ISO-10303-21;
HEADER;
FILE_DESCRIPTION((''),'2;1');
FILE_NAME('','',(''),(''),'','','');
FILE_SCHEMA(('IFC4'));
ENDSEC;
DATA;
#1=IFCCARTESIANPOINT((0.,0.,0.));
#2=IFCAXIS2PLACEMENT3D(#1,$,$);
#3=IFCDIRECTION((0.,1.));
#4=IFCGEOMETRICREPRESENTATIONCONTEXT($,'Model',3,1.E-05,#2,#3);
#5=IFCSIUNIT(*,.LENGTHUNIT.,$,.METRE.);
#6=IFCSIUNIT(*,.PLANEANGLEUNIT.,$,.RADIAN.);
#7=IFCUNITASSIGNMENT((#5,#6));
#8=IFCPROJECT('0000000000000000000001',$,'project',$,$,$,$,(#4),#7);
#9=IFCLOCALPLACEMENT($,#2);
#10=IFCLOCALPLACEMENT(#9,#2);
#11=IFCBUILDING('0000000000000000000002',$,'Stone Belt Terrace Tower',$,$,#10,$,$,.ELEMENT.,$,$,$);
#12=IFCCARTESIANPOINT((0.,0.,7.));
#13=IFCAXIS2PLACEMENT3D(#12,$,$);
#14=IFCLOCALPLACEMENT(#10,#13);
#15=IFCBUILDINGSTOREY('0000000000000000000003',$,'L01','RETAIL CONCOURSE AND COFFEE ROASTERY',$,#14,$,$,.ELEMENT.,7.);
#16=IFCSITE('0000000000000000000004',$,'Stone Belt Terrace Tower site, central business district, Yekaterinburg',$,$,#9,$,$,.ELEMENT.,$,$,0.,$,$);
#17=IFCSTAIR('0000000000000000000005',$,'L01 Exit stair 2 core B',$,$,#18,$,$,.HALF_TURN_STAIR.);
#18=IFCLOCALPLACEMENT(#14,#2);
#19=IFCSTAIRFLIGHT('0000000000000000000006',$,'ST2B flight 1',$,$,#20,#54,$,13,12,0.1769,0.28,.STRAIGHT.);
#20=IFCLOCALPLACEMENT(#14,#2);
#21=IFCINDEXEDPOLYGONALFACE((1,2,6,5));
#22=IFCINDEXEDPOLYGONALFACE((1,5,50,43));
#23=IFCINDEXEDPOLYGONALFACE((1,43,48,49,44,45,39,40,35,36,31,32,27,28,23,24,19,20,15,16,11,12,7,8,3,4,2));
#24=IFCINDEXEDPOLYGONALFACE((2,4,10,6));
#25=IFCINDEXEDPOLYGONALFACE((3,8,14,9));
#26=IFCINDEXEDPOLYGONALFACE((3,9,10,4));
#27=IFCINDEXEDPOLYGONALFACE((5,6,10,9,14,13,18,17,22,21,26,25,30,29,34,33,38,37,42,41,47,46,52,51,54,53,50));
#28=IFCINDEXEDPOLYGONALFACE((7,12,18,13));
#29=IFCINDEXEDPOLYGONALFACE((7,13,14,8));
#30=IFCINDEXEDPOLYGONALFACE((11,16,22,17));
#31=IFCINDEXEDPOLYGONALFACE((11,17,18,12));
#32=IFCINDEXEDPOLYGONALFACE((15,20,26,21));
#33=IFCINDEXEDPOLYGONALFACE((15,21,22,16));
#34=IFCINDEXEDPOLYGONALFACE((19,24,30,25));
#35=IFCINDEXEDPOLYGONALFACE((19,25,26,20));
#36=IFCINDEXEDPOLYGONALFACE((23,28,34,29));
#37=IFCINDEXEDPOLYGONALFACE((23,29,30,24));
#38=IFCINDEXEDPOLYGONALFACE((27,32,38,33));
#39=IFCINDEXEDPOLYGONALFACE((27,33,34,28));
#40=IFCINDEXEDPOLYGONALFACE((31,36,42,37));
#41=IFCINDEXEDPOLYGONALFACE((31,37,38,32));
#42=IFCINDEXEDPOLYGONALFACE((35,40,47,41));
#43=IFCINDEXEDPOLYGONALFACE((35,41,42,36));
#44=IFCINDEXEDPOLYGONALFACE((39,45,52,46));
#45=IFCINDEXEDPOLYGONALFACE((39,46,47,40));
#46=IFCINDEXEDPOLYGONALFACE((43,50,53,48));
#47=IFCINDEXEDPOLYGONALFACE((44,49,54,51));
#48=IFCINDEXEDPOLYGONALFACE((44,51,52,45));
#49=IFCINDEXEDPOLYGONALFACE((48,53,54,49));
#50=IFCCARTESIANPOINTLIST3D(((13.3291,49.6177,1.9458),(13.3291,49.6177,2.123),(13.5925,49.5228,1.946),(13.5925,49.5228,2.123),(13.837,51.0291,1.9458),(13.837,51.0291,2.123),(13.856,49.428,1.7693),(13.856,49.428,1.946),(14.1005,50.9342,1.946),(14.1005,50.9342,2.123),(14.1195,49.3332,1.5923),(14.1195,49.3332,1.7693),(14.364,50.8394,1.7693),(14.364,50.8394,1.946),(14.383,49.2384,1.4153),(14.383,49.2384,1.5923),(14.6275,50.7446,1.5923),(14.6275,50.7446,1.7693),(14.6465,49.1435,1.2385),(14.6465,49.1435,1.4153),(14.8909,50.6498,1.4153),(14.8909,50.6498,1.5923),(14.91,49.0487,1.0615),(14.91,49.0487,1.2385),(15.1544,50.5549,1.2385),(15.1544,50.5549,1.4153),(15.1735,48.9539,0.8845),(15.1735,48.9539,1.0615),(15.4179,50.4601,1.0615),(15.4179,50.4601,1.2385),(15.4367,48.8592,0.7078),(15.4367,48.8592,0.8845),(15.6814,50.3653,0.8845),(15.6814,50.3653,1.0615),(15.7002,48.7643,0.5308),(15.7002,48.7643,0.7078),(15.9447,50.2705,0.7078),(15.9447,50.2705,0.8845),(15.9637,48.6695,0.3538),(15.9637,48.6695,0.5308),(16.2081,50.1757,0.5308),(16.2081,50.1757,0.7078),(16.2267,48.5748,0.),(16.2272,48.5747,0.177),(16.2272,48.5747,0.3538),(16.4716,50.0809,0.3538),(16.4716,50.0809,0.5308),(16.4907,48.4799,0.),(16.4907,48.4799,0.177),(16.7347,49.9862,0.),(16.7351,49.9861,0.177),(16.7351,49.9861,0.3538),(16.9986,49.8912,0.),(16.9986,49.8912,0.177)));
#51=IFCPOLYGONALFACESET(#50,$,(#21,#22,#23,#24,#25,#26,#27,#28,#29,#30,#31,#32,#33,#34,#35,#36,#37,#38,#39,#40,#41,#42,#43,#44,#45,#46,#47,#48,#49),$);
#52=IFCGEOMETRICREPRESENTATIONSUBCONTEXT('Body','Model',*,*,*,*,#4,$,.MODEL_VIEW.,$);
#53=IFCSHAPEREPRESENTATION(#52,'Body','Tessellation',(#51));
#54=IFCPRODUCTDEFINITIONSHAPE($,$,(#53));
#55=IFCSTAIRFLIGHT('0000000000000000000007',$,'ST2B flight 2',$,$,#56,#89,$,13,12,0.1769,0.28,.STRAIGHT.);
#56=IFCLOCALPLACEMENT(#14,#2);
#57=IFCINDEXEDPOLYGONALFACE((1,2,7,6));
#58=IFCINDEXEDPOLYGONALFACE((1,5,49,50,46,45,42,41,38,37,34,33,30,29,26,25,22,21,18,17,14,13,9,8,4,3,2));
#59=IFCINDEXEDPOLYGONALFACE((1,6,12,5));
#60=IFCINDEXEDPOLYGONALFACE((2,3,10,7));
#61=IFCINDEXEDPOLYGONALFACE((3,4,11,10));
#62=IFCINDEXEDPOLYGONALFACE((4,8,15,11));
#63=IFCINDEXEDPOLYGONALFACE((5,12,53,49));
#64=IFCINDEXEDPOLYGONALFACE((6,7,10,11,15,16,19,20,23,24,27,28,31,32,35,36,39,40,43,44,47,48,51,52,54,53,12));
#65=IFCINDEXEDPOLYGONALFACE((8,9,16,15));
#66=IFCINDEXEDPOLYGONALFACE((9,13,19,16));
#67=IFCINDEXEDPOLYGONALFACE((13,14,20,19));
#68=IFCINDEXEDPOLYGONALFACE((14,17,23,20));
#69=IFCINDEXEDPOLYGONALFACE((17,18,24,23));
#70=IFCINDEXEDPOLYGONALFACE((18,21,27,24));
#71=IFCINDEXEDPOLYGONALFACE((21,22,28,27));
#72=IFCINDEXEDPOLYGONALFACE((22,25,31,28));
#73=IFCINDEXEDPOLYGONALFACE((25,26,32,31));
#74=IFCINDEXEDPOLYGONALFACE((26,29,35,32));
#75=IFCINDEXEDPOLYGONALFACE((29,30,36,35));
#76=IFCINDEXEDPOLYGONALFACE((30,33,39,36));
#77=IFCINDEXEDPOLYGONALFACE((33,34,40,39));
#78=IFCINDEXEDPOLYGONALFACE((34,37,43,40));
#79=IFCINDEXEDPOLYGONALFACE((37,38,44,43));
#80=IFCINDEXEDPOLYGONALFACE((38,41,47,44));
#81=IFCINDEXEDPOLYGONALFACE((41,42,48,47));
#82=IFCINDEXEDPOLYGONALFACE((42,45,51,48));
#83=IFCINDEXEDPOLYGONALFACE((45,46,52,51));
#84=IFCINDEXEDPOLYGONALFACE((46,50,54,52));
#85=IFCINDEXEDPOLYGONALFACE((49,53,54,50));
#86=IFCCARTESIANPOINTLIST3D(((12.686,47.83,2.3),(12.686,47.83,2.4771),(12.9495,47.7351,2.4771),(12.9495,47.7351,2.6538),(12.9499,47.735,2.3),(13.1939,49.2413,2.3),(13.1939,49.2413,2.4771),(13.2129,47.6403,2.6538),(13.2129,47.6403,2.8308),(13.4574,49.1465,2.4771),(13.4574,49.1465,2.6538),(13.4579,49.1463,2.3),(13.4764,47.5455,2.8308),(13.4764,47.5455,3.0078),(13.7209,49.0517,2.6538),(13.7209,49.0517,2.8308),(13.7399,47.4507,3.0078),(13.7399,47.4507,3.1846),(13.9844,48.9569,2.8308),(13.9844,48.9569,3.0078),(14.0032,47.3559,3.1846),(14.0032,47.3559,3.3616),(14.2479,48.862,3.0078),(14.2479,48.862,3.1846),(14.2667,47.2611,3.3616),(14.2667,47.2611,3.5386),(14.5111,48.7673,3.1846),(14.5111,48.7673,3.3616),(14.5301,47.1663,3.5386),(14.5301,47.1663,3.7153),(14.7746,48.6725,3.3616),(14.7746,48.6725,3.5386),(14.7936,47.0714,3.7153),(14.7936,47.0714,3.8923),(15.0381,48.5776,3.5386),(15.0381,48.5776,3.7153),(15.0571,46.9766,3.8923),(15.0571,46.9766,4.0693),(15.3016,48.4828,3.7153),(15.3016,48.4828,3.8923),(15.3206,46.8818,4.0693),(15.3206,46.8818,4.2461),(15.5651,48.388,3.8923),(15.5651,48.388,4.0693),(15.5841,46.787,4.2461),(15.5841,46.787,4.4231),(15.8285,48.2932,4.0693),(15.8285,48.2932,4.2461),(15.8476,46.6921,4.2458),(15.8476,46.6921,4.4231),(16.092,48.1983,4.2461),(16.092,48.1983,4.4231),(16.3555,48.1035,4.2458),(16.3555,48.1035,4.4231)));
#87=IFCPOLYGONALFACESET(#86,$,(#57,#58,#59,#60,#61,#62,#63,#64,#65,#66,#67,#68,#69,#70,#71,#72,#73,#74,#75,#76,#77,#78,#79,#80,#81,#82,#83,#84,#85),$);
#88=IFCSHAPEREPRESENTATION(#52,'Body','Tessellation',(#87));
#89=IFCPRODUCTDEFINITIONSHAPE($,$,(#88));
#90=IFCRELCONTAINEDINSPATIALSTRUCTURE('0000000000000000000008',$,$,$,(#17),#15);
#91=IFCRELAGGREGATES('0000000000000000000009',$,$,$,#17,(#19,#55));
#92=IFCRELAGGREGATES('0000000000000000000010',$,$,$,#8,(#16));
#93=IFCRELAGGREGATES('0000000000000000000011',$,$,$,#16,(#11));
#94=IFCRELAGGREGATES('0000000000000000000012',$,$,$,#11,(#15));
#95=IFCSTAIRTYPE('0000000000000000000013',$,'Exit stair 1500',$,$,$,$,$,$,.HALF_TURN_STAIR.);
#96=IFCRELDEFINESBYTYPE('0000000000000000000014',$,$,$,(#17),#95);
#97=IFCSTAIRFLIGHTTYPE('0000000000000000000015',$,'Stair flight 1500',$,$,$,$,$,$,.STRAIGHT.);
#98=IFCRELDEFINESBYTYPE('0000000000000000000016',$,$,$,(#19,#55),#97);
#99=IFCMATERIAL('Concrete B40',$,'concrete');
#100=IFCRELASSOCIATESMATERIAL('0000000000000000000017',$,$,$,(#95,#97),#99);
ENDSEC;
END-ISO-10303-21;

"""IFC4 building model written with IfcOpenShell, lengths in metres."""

from ifc_helpers import new_model, si_unit, direction, frame, origin, place, context, subcontext, project, spatial, polyline, outline, extrude, material, type_object, element, aggregate, save


model = new_model("IFC4")

# Units and contexts
model_context = context("Model", 3, precision=1e-05, world=origin(), true_north=direction((0.0, 1.0)))
body_context = subcontext(model_context, "Body", "Model", "MODEL_VIEW")
ifc_project = project(units=[si_unit("LENGTHUNIT", "METRE"), si_unit("PLANEANGLEUNIT", "RADIAN")], contexts=[model_context])

# Site, building, storey
site_placement = place(None, origin())
site = spatial("IfcSite", under=ifc_project, at=site_placement, Name="Stone Belt Terrace Tower site, central business district, Yekaterinburg", CompositionType="ELEMENT", RefElevation=0.0)
building_placement = place(site_placement, origin())
building = spatial("IfcBuilding", under=site, at=building_placement, Name="Stone Belt Terrace Tower", CompositionType="ELEMENT")
storey_placement = place(building_placement, frame((0.0, 0.0, 7.0)))
storey = spatial("IfcBuildingStorey", under=building, at=storey_placement, Name="L01", Description="RETAIL CONCOURSE AND COFFEE ROASTERY", CompositionType="ELEMENT", Elevation=7.0)

# Stair, stair flights
ifc_material_1 = material(Name="Concrete B40", Category="concrete")
stair_type_1 = type_object("IfcStairType", Name="Exit stair 1500", PredefinedType="HALF_TURN_STAIR", material=ifc_material_1)
stair_1_placement = place(storey_placement, origin())
stair_1 = element("IfcStair", 1, at=stair_1_placement, inside=storey, type_object=stair_type_1, Name="L01 Exit stair 2 core B", PredefinedType="HALF_TURN_STAIR")
stair_flight_type_1 = type_object("IfcStairFlightType", Name="Stair flight 1500", PredefinedType="STRAIGHT", material=ifc_material_1)
stair_flight_1_placement = place(storey_placement, frame((16.7446, 49.1855, 0.0), z_axis=(0.0, 0.0, 1.0), x_axis=(-0.940922, 0.338624, 0.0)))
stair_flight_1 = element("IfcStairFlight", 2, at=stair_flight_1_placement, type_object=stair_flight_type_1, Name="ST2B flight 1", NumberOfRisers=13, NumberOfTreads=12, PredefinedType="STRAIGHT", RiserHeight=0.1769, TreadLength=0.28, context=body_context, shape_type="SweptSolid", body=[
    extrude(outline(polyline([(0.0, 0.0), (0.0, 0.177), (0.28, 0.177), (0.28, 0.3538), (0.5601, 0.3538), (0.5601, 0.5308), (0.8401, 0.5308), (0.8401, 0.7078), (1.1201, 0.7078), (1.1201, 0.8845), (1.3999, 0.8845), (1.3999, 1.0615), (1.6799, 1.0615), (1.6799, 1.2385), (1.96, 1.2385), (1.96, 1.4153), (2.24, 1.4153), (2.24, 1.5923), (2.52, 1.5923), (2.52, 1.7693), (2.8, 1.7693), (2.8, 1.946), (3.0801, 1.946), (3.0801, 2.123), (3.3601, 2.123), (3.3601, 2.3), (3.3601, 1.9458), (0.2805, 0.0), (0.0, 0.0)])), frame((0.0, 0.75, 0.0), z_axis=(0.0, -1.0, 0.0), x_axis=(1.0, 0.0, 0.0)), (0.0, 0.0, 1.0), 1.5),
])
stair_flight_2_placement = place(storey_placement, frame((12.9399, 48.5356, 2.3), z_axis=(0.0, 0.0, 1.0), x_axis=(0.940922, -0.338624, 0.0)))
stair_flight_2 = element("IfcStairFlight", 3, at=stair_flight_2_placement, type_object=stair_flight_type_1, Name="ST2B flight 2", NumberOfRisers=13, NumberOfTreads=12, PredefinedType="STRAIGHT", RiserHeight=0.1769, TreadLength=0.28, context=body_context, shape_type="SweptSolid", body=[
    extrude(outline(polyline([(0.0, 0.0), (0.0, 0.177), (0.28, 0.177), (0.28, 0.3538), (0.5601, 0.3538), (0.5601, 0.5308), (0.8401, 0.5308), (0.8401, 0.7078), (1.1201, 0.7078), (1.1201, 0.8845), (1.3999, 0.8845), (1.3999, 1.0615), (1.6799, 1.0615), (1.6799, 1.2385), (1.96, 1.2385), (1.96, 1.4153), (2.24, 1.4153), (2.24, 1.5923), (2.52, 1.5923), (2.52, 1.7693), (2.8, 1.7693), (2.8, 1.946), (3.0801, 1.946), (3.0801, 2.123), (3.3601, 2.123), (3.3601, 2.3), (3.3601, 1.9458), (0.2805, 0.0), (0.0, 0.0)])), frame((0.0, 0.75, 0.0), z_axis=(0.0, -1.0, 0.0), x_axis=(1.0, 0.0, 0.0)), (0.0, 0.0, 1.0), 1.5),
])
aggregate(stair_1, [stair_flight_1, stair_flight_2])

save(model, "model.ifc")
